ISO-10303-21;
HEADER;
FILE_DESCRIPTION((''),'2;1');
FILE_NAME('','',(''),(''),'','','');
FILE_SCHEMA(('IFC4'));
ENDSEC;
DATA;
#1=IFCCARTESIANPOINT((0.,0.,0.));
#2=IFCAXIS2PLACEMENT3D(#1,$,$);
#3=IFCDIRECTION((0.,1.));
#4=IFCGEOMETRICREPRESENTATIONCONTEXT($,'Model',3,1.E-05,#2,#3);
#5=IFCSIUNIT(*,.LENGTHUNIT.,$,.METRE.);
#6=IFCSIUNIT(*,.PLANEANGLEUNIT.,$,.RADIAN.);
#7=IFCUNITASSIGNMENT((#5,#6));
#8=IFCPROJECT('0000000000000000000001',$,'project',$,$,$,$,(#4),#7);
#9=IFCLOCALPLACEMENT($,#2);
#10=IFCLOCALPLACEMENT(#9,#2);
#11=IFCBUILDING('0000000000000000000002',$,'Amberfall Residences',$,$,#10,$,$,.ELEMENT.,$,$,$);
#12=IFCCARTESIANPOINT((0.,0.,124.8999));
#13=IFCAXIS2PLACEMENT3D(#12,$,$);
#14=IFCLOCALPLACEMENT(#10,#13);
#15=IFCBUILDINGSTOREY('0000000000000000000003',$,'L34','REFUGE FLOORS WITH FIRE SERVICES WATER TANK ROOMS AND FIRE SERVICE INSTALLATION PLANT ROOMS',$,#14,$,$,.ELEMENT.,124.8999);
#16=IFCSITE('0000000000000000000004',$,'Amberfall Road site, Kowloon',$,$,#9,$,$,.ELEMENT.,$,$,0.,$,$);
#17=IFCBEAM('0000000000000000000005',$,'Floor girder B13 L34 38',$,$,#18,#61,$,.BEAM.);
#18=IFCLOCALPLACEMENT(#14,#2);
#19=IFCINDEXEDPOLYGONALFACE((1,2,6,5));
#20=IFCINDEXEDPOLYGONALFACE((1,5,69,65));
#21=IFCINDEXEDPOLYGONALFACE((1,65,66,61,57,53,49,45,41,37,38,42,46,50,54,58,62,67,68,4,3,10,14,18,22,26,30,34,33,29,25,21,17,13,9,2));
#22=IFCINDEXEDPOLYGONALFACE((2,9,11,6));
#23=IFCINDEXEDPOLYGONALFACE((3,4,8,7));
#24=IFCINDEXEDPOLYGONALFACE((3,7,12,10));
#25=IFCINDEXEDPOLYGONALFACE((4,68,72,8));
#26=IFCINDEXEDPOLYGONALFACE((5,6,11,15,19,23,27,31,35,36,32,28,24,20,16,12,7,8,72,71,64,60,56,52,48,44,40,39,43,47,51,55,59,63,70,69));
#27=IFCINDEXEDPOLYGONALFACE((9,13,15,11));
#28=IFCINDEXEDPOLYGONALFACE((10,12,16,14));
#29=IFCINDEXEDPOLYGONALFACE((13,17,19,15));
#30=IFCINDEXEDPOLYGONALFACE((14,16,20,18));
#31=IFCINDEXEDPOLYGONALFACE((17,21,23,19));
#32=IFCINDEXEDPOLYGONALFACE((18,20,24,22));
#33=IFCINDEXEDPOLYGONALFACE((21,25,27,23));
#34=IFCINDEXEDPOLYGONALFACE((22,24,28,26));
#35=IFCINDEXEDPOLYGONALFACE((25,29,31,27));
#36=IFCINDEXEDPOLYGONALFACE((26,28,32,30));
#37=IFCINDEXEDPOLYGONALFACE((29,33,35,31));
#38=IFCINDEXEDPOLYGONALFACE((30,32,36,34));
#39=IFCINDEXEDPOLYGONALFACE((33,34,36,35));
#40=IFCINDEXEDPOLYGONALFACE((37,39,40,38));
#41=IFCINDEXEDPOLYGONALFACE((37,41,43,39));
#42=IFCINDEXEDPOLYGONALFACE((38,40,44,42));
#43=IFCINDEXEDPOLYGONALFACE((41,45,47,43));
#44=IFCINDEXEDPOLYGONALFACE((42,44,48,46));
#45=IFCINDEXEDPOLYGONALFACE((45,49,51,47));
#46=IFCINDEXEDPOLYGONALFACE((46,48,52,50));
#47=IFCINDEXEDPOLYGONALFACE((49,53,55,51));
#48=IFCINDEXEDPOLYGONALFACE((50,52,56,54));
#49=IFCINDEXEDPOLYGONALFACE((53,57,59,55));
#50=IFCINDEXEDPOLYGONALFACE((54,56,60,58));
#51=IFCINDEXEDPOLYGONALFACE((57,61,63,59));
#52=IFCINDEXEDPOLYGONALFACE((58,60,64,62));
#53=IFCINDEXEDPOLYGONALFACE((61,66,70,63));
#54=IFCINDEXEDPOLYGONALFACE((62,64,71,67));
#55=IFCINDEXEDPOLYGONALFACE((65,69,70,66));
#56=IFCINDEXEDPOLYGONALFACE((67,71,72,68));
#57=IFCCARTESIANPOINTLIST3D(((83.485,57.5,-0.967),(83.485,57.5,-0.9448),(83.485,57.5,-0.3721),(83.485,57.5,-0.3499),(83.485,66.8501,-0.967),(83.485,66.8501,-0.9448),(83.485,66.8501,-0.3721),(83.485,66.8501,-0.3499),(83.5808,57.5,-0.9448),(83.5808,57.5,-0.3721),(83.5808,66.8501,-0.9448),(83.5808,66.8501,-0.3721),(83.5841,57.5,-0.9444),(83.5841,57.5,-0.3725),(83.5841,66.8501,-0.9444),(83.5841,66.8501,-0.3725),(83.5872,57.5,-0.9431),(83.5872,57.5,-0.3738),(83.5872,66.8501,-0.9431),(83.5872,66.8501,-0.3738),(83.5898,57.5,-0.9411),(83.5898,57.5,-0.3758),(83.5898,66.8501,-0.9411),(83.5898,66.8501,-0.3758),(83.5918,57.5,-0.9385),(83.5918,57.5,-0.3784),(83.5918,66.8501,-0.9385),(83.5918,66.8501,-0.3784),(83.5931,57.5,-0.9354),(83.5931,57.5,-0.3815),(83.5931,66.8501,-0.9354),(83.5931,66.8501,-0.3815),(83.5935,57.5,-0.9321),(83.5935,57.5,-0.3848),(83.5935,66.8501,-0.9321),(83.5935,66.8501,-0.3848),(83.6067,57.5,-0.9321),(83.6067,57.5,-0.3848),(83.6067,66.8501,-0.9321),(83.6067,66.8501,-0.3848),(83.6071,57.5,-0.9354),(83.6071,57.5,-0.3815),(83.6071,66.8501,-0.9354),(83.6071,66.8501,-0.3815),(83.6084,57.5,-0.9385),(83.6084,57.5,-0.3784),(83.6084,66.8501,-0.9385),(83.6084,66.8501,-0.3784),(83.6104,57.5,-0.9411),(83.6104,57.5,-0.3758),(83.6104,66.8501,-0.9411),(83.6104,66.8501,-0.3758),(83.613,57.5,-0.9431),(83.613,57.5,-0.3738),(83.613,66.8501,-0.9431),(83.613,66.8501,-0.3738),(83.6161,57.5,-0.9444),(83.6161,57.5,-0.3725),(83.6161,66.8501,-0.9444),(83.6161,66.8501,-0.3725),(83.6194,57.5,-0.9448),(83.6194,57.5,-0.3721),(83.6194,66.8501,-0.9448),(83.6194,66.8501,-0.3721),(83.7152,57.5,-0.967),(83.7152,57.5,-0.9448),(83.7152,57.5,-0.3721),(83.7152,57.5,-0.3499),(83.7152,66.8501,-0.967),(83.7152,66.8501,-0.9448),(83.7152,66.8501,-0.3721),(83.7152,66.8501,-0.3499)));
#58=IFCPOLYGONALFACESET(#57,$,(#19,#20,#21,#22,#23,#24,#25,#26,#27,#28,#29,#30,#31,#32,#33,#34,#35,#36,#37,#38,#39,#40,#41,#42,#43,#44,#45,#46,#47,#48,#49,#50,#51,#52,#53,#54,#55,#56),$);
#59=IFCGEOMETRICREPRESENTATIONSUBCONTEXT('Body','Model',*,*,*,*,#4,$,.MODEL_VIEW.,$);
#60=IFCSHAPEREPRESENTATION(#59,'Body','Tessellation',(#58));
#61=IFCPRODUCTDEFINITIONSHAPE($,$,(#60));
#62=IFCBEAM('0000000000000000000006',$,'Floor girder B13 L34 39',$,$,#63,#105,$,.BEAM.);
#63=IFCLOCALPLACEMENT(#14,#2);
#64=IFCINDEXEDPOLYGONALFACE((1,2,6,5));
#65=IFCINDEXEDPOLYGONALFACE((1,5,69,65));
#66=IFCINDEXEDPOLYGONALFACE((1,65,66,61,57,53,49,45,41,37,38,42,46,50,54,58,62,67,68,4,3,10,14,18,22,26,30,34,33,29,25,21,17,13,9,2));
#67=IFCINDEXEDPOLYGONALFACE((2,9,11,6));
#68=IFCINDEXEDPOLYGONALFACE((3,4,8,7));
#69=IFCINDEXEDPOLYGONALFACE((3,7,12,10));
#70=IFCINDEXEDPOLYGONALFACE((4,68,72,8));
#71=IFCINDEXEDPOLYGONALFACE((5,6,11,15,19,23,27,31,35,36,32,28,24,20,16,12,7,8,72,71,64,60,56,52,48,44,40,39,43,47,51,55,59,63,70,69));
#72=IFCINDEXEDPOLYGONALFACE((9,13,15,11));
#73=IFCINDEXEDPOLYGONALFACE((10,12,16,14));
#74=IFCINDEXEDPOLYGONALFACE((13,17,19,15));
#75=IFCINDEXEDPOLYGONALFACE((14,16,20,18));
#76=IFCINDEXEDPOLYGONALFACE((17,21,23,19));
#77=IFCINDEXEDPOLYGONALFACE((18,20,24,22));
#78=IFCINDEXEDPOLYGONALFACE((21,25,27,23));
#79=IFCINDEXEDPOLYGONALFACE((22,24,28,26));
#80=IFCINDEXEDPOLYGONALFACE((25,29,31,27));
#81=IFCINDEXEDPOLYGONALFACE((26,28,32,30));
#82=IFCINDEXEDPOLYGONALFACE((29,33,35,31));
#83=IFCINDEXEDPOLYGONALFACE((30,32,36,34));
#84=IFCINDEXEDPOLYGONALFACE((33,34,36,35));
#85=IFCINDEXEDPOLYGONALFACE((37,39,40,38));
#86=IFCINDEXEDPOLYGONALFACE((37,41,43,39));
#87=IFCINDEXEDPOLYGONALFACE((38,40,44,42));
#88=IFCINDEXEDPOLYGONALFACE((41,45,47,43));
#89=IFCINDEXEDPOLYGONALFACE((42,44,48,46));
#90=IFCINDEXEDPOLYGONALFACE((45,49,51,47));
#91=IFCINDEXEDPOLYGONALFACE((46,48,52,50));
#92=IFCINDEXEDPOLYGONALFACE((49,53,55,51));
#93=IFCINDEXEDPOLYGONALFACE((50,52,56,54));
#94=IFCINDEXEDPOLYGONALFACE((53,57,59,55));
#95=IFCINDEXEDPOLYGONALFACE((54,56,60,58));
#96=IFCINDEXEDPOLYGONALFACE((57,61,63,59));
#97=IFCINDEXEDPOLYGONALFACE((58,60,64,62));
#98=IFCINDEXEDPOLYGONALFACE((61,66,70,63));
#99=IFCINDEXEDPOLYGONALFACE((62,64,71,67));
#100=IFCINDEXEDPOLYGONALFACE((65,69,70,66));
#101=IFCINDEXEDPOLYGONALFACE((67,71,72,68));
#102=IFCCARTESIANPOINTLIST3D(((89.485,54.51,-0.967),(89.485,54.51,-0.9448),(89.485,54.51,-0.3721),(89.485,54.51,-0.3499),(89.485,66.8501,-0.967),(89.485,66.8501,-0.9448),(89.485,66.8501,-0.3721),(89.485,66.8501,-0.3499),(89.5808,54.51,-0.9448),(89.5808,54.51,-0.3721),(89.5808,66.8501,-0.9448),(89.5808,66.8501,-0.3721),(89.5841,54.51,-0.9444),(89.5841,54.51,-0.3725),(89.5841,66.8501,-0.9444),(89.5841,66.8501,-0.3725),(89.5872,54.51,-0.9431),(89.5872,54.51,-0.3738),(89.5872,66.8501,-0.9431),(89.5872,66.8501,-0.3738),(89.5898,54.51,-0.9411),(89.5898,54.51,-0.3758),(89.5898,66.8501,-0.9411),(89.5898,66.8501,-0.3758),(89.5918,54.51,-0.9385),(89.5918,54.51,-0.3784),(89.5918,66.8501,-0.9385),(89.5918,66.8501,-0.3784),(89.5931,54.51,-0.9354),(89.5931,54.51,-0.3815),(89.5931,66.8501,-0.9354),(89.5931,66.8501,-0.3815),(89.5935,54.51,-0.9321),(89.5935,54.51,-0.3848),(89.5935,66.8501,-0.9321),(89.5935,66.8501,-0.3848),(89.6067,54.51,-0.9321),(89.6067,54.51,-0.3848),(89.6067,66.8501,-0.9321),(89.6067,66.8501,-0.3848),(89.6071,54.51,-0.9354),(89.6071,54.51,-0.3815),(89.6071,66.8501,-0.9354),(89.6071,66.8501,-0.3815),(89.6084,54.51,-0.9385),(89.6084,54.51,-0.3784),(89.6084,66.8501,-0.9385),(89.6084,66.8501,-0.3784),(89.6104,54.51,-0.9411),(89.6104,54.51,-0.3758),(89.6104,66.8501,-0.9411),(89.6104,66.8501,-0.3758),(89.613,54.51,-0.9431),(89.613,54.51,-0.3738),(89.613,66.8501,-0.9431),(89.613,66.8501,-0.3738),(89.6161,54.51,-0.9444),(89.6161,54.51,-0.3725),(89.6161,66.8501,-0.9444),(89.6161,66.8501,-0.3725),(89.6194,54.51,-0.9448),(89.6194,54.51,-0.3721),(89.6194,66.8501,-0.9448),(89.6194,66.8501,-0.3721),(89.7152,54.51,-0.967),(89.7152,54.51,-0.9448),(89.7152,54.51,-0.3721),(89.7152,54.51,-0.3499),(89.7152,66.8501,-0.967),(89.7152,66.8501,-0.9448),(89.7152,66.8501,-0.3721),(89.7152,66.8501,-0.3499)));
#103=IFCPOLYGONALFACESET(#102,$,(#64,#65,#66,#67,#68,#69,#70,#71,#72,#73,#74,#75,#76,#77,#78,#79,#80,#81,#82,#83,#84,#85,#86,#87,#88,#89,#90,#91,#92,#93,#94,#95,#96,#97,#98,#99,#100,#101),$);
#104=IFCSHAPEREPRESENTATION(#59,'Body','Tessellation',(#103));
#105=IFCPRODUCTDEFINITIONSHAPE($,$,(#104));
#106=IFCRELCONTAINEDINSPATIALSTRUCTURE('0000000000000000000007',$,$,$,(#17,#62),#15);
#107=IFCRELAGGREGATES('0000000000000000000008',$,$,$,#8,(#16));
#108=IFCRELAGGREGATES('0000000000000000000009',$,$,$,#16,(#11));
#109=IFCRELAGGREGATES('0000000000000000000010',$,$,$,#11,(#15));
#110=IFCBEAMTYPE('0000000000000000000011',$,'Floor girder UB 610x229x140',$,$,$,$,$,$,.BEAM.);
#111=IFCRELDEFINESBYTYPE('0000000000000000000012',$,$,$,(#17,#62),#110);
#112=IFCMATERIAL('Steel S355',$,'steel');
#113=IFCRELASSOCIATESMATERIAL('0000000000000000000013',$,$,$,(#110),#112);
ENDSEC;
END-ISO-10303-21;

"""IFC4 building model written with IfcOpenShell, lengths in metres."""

from ifc_helpers import new_model, si_unit, direction, frame, origin, origin_2d, place, context, subcontext, project, spatial, i_section, extrude, material, material_profile, profile_set, type_object, element, save


model = new_model("IFC4")

# Units and contexts
model_context = context("Model", 3, precision=1e-05, world=origin(), true_north=direction((0.0, 1.0)))
body_context = subcontext(model_context, "Body", "Model", "MODEL_VIEW")
ifc_project = project(units=[si_unit("LENGTHUNIT", "METRE"), si_unit("PLANEANGLEUNIT", "RADIAN")], contexts=[model_context])

# Site, building, storey
site_placement = place(None, origin())
site = spatial("IfcSite", under=ifc_project, at=site_placement, Name="Amberfall Road site, Kowloon", CompositionType="ELEMENT", RefElevation=0.0)
building_placement = place(site_placement, origin())
building = spatial("IfcBuilding", under=site, at=building_placement, Name="Amberfall Residences", CompositionType="ELEMENT")
storey_placement = place(building_placement, frame((0.0, 0.0, 124.8999)))
storey = spatial("IfcBuildingStorey", under=building, at=storey_placement, Name="L34", Description="REFUGE FLOORS WITH FIRE SERVICES WATER TANK ROOMS AND FIRE SERVICE INSTALLATION PLANT ROOMS", CompositionType="ELEMENT", Elevation=124.8999)

# Shared definitions
ifc_material_1 = material(Name="Steel S355", Category="steel")

# Beams
ifc_material_profile_1 = material_profile(ifc_material_1, i_section(OverallWidth=0.2302, OverallDepth=0.6172, WebThickness=0.0132, FlangeThickness=0.0222, FilletRadius=0.0127, at=origin_2d()), Name="UB 610x229x140")
ifc_profile_set_1 = profile_set([ifc_material_profile_1], Name="Steel S355")
beam_type_1 = type_object("IfcBeamType", Name="Floor girder UB 610x229x140", PredefinedType="BEAM", material=ifc_profile_set_1)
beam_1_placement = place(storey_placement, frame((83.6001, 66.8501, -0.6584), z_axis=(0.0, -1.0, 0.0), x_axis=(1.0, 0.0, 0.0)))
element("IfcBeam", 1, at=beam_1_placement, inside=storey, type_object=beam_type_1, Name="Floor girder B13 L34 38", PredefinedType="BEAM", context=body_context, shape_type="SweptSolid", body=[
    extrude(i_section(OverallWidth=0.2302, OverallDepth=0.6172, WebThickness=0.0132, FlangeThickness=0.0222, FilletRadius=0.0127, at=origin_2d()), origin(), (0.0, 0.0, 1.0), 9.3501),
])
beam_2_placement = place(storey_placement, frame((89.6001, 66.8501, -0.6584), z_axis=(0.0, -1.0, 0.0), x_axis=(1.0, 0.0, 0.0)))
element("IfcBeam", 2, at=beam_2_placement, inside=storey, type_object=beam_type_1, Name="Floor girder B13 L34 39", PredefinedType="BEAM", context=body_context, shape_type="SweptSolid", body=[
    extrude(i_section(OverallWidth=0.2302, OverallDepth=0.6172, WebThickness=0.0132, FlangeThickness=0.0222, FilletRadius=0.0127, at=origin_2d()), origin(), (0.0, 0.0, 1.0), 12.3401),
])

save(model, "model.ifc")
